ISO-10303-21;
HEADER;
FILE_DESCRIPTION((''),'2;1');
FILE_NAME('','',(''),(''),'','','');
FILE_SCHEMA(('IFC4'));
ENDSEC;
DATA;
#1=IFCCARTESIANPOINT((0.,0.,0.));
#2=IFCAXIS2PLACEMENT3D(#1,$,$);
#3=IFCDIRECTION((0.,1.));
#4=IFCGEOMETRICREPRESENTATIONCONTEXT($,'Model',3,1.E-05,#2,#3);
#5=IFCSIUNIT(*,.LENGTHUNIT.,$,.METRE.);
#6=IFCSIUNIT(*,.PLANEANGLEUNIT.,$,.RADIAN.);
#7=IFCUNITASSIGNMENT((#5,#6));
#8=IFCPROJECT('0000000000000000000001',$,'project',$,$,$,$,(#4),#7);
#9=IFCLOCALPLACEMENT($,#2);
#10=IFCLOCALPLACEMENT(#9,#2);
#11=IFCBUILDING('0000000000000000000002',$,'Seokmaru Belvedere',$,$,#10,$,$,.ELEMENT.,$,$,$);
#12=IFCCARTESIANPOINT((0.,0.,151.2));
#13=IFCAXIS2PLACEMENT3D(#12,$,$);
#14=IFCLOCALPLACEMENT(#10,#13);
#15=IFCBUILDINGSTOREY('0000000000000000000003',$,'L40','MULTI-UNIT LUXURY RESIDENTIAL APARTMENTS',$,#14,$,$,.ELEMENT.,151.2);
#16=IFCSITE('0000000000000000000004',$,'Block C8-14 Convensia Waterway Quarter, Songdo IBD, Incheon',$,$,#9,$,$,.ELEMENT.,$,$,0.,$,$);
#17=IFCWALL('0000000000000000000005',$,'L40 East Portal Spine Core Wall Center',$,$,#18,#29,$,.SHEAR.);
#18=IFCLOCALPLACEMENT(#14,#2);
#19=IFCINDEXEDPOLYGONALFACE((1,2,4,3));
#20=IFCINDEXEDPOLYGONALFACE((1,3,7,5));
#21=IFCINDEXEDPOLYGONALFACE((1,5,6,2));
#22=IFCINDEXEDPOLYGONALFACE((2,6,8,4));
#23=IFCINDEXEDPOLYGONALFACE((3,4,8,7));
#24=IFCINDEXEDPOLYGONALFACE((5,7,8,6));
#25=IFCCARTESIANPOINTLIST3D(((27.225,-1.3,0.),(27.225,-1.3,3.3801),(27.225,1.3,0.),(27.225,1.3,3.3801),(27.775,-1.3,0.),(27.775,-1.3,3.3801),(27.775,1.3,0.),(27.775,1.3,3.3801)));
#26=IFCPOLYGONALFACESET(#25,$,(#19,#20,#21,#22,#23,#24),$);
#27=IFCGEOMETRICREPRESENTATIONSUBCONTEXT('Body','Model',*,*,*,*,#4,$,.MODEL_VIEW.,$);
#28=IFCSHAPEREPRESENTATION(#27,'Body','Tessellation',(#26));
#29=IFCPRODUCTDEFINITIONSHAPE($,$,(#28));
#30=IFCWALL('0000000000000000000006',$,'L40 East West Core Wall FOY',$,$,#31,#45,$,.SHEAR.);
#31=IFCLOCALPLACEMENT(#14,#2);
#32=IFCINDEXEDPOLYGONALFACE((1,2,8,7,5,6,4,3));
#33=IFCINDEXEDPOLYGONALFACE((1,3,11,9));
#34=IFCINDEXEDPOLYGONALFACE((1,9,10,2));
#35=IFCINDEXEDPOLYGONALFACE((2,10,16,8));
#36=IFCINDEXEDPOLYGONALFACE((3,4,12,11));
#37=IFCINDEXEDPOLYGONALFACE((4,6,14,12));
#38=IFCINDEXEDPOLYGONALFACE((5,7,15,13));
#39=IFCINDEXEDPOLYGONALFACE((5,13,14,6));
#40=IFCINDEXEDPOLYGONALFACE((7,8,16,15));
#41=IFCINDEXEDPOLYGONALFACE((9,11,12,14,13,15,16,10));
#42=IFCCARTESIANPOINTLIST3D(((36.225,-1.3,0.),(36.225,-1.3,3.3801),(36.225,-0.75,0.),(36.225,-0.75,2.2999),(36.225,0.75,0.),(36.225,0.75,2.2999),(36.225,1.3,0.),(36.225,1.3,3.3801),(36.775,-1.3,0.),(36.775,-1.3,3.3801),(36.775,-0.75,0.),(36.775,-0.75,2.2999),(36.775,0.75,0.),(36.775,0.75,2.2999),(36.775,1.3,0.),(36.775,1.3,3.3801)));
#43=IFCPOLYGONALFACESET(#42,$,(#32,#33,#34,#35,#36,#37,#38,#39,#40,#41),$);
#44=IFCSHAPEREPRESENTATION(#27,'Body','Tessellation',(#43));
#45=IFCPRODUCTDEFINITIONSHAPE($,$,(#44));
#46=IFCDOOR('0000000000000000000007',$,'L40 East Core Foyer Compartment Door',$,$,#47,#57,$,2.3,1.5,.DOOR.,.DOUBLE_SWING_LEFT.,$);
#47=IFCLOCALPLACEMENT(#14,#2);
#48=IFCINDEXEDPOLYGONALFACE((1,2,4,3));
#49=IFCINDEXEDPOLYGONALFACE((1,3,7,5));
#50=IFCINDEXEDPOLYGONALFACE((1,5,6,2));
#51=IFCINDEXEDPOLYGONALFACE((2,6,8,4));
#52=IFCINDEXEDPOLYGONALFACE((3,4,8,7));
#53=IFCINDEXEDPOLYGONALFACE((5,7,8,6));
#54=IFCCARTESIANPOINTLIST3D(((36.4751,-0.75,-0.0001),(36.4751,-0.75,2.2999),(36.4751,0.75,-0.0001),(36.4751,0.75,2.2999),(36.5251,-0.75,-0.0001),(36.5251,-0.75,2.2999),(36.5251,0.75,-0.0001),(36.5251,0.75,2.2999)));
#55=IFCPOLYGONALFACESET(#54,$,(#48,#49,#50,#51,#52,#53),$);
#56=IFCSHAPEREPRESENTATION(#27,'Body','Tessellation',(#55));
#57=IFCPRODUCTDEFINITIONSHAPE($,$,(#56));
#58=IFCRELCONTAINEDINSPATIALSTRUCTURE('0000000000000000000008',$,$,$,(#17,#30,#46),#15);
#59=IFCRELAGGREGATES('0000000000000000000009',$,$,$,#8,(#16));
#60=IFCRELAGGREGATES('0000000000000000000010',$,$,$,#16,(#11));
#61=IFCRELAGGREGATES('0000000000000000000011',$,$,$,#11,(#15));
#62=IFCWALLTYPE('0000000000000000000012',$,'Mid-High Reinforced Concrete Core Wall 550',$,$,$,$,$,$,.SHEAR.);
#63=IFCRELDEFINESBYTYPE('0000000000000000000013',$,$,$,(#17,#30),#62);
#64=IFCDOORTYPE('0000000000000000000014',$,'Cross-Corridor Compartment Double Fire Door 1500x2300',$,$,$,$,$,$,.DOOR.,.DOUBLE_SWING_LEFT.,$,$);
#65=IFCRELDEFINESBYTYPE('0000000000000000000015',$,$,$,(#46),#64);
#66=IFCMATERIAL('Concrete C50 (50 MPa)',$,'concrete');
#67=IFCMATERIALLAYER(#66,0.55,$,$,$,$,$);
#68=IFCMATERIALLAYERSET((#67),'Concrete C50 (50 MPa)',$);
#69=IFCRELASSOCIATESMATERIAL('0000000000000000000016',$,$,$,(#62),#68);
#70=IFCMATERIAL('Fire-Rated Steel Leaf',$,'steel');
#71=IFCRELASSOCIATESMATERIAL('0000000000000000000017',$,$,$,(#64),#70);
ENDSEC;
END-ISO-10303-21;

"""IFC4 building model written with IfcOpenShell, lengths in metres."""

from ifc_helpers import new_model, si_unit, direction, frame, frame_2d, origin, place, context, subcontext, project, spatial, rectangle, extrude, source, transform, mapped, material, layer, layer_set, type_object, type_shapes, element, fill, save


model = new_model("IFC4")

# Units and contexts
model_context = context("Model", 3, precision=1e-05, world=origin(), true_north=direction((0.0, 1.0)))
body_context = subcontext(model_context, "Body", "Model", "MODEL_VIEW")
ifc_project = project(units=[si_unit("LENGTHUNIT", "METRE"), si_unit("PLANEANGLEUNIT", "RADIAN")], contexts=[model_context])

# Site, building, storey
site_placement = place(None, origin())
site = spatial("IfcSite", under=ifc_project, at=site_placement, Name="Block C8-14 Convensia Waterway Quarter, Songdo IBD, Incheon", CompositionType="ELEMENT", RefElevation=0.0)
building_placement = place(site_placement, origin())
building = spatial("IfcBuilding", under=site, at=building_placement, Name="Seokmaru Belvedere", CompositionType="ELEMENT")
storey_placement = place(building_placement, frame((0.0, 0.0, 151.2)))
storey = spatial("IfcBuildingStorey", under=building, at=storey_placement, Name="L40", Description="MULTI-UNIT LUXURY RESIDENTIAL APARTMENTS", CompositionType="ELEMENT", Elevation=151.2)

# Shared definitions
ifc_material_1 = material(Name="Fire-Rated Steel Leaf", Category="steel")

# Wall
ifc_material_2 = material(Name="Concrete C50 (50 MPa)", Category="concrete")
ifc_layer_1 = layer(ifc_material_2, 0.55)
ifc_layer_set_1 = layer_set([ifc_layer_1], Name="Concrete C50 (50 MPa)")
wall_type_1 = type_object("IfcWallType", Name="Mid-High Reinforced Concrete Core Wall 550", PredefinedType="SHEAR", material=ifc_layer_set_1)
wall_1_placement = place(storey_placement, frame((27.5, -1.3, 0.0), z_axis=(0.0, 0.0, 1.0), x_axis=(0.0, 1.0, 0.0)))
element("IfcWall", 1, at=wall_1_placement, inside=storey, type_object=wall_type_1, Name="L40 East Portal Spine Core Wall Center", PredefinedType="SHEAR", context=body_context, shape_type="SweptSolid", body=[
    extrude(rectangle(XDim=2.6001, YDim=0.55, at=frame_2d((1.3, 0.0))), origin(), (0.0, 0.0, 1.0), 3.3801),
])

# Wall, opening, door
wall_2_placement = place(storey_placement, frame((36.5, -1.3, 0.0), z_axis=(0.0, 0.0, 1.0), x_axis=(0.0, 1.0, 0.0)))
wall_2 = element("IfcWall", 2, at=wall_2_placement, inside=storey, type_object=wall_type_1, Name="L40 East West Core Wall FOY", PredefinedType="SHEAR", context=body_context, shape_type="SweptSolid", body=[
    extrude(rectangle(XDim=2.6001, YDim=0.55, at=frame_2d((1.3, 0.0))), origin(), (0.0, 0.0, 1.0), 3.3801),
])
opening_1_placement = place(wall_2_placement, frame((0.55, 0.0, 0.0)))
opening_1 = element("IfcOpeningElement", 3, at=opening_1_placement, cuts=wall_2, PredefinedType="OPENING", context=body_context, shape_type="SweptSolid", body=[
    extrude(rectangle(XDim=1.5, YDim=2.3, at=frame_2d((0.75, 1.1499))), frame((0.0, 0.2852, 0.0), z_axis=(0.0, -1.0, 0.0), x_axis=(1.0, 0.0, 0.0)), (0.0, 0.0, 1.0), 0.5701),
])
door_type_1 = type_object("IfcDoorType", Name="Cross-Corridor Compartment Double Fire Door 1500x2300", OperationType="DOUBLE_SWING_LEFT", PredefinedType="DOOR", material=ifc_material_1)
shared_shape_1 = source(origin(), body_context, "Body", "SweptSolid", [
    extrude(rectangle(XDim=1.5, YDim=2.3, at=frame_2d((0.75, 1.1499))), frame((0.0, 0.0249, 0.0), z_axis=(0.0, -1.0, 0.0), x_axis=(1.0, 0.0, 0.0)), (0.0, 0.0, 1.0), 0.05),
])
type_shapes(door_type_1, [shared_shape_1])
door_1_placement = place(opening_1_placement, origin())
door_1 = element("IfcDoor", 4, at=door_1_placement, inside=storey, type_object=door_type_1, Name="L40 East Core Foyer Compartment Door", OperationType="DOUBLE_SWING_LEFT", OverallHeight=2.3, OverallWidth=1.5, PredefinedType="DOOR", context=body_context, shape_type="MappedRepresentation", body=[
    mapped(shared_shape_1, transform((0.0, 0.0, 0.0), scale=1.0)),
])
fill(opening_1, door_1)

save(model, "model.ifc")
